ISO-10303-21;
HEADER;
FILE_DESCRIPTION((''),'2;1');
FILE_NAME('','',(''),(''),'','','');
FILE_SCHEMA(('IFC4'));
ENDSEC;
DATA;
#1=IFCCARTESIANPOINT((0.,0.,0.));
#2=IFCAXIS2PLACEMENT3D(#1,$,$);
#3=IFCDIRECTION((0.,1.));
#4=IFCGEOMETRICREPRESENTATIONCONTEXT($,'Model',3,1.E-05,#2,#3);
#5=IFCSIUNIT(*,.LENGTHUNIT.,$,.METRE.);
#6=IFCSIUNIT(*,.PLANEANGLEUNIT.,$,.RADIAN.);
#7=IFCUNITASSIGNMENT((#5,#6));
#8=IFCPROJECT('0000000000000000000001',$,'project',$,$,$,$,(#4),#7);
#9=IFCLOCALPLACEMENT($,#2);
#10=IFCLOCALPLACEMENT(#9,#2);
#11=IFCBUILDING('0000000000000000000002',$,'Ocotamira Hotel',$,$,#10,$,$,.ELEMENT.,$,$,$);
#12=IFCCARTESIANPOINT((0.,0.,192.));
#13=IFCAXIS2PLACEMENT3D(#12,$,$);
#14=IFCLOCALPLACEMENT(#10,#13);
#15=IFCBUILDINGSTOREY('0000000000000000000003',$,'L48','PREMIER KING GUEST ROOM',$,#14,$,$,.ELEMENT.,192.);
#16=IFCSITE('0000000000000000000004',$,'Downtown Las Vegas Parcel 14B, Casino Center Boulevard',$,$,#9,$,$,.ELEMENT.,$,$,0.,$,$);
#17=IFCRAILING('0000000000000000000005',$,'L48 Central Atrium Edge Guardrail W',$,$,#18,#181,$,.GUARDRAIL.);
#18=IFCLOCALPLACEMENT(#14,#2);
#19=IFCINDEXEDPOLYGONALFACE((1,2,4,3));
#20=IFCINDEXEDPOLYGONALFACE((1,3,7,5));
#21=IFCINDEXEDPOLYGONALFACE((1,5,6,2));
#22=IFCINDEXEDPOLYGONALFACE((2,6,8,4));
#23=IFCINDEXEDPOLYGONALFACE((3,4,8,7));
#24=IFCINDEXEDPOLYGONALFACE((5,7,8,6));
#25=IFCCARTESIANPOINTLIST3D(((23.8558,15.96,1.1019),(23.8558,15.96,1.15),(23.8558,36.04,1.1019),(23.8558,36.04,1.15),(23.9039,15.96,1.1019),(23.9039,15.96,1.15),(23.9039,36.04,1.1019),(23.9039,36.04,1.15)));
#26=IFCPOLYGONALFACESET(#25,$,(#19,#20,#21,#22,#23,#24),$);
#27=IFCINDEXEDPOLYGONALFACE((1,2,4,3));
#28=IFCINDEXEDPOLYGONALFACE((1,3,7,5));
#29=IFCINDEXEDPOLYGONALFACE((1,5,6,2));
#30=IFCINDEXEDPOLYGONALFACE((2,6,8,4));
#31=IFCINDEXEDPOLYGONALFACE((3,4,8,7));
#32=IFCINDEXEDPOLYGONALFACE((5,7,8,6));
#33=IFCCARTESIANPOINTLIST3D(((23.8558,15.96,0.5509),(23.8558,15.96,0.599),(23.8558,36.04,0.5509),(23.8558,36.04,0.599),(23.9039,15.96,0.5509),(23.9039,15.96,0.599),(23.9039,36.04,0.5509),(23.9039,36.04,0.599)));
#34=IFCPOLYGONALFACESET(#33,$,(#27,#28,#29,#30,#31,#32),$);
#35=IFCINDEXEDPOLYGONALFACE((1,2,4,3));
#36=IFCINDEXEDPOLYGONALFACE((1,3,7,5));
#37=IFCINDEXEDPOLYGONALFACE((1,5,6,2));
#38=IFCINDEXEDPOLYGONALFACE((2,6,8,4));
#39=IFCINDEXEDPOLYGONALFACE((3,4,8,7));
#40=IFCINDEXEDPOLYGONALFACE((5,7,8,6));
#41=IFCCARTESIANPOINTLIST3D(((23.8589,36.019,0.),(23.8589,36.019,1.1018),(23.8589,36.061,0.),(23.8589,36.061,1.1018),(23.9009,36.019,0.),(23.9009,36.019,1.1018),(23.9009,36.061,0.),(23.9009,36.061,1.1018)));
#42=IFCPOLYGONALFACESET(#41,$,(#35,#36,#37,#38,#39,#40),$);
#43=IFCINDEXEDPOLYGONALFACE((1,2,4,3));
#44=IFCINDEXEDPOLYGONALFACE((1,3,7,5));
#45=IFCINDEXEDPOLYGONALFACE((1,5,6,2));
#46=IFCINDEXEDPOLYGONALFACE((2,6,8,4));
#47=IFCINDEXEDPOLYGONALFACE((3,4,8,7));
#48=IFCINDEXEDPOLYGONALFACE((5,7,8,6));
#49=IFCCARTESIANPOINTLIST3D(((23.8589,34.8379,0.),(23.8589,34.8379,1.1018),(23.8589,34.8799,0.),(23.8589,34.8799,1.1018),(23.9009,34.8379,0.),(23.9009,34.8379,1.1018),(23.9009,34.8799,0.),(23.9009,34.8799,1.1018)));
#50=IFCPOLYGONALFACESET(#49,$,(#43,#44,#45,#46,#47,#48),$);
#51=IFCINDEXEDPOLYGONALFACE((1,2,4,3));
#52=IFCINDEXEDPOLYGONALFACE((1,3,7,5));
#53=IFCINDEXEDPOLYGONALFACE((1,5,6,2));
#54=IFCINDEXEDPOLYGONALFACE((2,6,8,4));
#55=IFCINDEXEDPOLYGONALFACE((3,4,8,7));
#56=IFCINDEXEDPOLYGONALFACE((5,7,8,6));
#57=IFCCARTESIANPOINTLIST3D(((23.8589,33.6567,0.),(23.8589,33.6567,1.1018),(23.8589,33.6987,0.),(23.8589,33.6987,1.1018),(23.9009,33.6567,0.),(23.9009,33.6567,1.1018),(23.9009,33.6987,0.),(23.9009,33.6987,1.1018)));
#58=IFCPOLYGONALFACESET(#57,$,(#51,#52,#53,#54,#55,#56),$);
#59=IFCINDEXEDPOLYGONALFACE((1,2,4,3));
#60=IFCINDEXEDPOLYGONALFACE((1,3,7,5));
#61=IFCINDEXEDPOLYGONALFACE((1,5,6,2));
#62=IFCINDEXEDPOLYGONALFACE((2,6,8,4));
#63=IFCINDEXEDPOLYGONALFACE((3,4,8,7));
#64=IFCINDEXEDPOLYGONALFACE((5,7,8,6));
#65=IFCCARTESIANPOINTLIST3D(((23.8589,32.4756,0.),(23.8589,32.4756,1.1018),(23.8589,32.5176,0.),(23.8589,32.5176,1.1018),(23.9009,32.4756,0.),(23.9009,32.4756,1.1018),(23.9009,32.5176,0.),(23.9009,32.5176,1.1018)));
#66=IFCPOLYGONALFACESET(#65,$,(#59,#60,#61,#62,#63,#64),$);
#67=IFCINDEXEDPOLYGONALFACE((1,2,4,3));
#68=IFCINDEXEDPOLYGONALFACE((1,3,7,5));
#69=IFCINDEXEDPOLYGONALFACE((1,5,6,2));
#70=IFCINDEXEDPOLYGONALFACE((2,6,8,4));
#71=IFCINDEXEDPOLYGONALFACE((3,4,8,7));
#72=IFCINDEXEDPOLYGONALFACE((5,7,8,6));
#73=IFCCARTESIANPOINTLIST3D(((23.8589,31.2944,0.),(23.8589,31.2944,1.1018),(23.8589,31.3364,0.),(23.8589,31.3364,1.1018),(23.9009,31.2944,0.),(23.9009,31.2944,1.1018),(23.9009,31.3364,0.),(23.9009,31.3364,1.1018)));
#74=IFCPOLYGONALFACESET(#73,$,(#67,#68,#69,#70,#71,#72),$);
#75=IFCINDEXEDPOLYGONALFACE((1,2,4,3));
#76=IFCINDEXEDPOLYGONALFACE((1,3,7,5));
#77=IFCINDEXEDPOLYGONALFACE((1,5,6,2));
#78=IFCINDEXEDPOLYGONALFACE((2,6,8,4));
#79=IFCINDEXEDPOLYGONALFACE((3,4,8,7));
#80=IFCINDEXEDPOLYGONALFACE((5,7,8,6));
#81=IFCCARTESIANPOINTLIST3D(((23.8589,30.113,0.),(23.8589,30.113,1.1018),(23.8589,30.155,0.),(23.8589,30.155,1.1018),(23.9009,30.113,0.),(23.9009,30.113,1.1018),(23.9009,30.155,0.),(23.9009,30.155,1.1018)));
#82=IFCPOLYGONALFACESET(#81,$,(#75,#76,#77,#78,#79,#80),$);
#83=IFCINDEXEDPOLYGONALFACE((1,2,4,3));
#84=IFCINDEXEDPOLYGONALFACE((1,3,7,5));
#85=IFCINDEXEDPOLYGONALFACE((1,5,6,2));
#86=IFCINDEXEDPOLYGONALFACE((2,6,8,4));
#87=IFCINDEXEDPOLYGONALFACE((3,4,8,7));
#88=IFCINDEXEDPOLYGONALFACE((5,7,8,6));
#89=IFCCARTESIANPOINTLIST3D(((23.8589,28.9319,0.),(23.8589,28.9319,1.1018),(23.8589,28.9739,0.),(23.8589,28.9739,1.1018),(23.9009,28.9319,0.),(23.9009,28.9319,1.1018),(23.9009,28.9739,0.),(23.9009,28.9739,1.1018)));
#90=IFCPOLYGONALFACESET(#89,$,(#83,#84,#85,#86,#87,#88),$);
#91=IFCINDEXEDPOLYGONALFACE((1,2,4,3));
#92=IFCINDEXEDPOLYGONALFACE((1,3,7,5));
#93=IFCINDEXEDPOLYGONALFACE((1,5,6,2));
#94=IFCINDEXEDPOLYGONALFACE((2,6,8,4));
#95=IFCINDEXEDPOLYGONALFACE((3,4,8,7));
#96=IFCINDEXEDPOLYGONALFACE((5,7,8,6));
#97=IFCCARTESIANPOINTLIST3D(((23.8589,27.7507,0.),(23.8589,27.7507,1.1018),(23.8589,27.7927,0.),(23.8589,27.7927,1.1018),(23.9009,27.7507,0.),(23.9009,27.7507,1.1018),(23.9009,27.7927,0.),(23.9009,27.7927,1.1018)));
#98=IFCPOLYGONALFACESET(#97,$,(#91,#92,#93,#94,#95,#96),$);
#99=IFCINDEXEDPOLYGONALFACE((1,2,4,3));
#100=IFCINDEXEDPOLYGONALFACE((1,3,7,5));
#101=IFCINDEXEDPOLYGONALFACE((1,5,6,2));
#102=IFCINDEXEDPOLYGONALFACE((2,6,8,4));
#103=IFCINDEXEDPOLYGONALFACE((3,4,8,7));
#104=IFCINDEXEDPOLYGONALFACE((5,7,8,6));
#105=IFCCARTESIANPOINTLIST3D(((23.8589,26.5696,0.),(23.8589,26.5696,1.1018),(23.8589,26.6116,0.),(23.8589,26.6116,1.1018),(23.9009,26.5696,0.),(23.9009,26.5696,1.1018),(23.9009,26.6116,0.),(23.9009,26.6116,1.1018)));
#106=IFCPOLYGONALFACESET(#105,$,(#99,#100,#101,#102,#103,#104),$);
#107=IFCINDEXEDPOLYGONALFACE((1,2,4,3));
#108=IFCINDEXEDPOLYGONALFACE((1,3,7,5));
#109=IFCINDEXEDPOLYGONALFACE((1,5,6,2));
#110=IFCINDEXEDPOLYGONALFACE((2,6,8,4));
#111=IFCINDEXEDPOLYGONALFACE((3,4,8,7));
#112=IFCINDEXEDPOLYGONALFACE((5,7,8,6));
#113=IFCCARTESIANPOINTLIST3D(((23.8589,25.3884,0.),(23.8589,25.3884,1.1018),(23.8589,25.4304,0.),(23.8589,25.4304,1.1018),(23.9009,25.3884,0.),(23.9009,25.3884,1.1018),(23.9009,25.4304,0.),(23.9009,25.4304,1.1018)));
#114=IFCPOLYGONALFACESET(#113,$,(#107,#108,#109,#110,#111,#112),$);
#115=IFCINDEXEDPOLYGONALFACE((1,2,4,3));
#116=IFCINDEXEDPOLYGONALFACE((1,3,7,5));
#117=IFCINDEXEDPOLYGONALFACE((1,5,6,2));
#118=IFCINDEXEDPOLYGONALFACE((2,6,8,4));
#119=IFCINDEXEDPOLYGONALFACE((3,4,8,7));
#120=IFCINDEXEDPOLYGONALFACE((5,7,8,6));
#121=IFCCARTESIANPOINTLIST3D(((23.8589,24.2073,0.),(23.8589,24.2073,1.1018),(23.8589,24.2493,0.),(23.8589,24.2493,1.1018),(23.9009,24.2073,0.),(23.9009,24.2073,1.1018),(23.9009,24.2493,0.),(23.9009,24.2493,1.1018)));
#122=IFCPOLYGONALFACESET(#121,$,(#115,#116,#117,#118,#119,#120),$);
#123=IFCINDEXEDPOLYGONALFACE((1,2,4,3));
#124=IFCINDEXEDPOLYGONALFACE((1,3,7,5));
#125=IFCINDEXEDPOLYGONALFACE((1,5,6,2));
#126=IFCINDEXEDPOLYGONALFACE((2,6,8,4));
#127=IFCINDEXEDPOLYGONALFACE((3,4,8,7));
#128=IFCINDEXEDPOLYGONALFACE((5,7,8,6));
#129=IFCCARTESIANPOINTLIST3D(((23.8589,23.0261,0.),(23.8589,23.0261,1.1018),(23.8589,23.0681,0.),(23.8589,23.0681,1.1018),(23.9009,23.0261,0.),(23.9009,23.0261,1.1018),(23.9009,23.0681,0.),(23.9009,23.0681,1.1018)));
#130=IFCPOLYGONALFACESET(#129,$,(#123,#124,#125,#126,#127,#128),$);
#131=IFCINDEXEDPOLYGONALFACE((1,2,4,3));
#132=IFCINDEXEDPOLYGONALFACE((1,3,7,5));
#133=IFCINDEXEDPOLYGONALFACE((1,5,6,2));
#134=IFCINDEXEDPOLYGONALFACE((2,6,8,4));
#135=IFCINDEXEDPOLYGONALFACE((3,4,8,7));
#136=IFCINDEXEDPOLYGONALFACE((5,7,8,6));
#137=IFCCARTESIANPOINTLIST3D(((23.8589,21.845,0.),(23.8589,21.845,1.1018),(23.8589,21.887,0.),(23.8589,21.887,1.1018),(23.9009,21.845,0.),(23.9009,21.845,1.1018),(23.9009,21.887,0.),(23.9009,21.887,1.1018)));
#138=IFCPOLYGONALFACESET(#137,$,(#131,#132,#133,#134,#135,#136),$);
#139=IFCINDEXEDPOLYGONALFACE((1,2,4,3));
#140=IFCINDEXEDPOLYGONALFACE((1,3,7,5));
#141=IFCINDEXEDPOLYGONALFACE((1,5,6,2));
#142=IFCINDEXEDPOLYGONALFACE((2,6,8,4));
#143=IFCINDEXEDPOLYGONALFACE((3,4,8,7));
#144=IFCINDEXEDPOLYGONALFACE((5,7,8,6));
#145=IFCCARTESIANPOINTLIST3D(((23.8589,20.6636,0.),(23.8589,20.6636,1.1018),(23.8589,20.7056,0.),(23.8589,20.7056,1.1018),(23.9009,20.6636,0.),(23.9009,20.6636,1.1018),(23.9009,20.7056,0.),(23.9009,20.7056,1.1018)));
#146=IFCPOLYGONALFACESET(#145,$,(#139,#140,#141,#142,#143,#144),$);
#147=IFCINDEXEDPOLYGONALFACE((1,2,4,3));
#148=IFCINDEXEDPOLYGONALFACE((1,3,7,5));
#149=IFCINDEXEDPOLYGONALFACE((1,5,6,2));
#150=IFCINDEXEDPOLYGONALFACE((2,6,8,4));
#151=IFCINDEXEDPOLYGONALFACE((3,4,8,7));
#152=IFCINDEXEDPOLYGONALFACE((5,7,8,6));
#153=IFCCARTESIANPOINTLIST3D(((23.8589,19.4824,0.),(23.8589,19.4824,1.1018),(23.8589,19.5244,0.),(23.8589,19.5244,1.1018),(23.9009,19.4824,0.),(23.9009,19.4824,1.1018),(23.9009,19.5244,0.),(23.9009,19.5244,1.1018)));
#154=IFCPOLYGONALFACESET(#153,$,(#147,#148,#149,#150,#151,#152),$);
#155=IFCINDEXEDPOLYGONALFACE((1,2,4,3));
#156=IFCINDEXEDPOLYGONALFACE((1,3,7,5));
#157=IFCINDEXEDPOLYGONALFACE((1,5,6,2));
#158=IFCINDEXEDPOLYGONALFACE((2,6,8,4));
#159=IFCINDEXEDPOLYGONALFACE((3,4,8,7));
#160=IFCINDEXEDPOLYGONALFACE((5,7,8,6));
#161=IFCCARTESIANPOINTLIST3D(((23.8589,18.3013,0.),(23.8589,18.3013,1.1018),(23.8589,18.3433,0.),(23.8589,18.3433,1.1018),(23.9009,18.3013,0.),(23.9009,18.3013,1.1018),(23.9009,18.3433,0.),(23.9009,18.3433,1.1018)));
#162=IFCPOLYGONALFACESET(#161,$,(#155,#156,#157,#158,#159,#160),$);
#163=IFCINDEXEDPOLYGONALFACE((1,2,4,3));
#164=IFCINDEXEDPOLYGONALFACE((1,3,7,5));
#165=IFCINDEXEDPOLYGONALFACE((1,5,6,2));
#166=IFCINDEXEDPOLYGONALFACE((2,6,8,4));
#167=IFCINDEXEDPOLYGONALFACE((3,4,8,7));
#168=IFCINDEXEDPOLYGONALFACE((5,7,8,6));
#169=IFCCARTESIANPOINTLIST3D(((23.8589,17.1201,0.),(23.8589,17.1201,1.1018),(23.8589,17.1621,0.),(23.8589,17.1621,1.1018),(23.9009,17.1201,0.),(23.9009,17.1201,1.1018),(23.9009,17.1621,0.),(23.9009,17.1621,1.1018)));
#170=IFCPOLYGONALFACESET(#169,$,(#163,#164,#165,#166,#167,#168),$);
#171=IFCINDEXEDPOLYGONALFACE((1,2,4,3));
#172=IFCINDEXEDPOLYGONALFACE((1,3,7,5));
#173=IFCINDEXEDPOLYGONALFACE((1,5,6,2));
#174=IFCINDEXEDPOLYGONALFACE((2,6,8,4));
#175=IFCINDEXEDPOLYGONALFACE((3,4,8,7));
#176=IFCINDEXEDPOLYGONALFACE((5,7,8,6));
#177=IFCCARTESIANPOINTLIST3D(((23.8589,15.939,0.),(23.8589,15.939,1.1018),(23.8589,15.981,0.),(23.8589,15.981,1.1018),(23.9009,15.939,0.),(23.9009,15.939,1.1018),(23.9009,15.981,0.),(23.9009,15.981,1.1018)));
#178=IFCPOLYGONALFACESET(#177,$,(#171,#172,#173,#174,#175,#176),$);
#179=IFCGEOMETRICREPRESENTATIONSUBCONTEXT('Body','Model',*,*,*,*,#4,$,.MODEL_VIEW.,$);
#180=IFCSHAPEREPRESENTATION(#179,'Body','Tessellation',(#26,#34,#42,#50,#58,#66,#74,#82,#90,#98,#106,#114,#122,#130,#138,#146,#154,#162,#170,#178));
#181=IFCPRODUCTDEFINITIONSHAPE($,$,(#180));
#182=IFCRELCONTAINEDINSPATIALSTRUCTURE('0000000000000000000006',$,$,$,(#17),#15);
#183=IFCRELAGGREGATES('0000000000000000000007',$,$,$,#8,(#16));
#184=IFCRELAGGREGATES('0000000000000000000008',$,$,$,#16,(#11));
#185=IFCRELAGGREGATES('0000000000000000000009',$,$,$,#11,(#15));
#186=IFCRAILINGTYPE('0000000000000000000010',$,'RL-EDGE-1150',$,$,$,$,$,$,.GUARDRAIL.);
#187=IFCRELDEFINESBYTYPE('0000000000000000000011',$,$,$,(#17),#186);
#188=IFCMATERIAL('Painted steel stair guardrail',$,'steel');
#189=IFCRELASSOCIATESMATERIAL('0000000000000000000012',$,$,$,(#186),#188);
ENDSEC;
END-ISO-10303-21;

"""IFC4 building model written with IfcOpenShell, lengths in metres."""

from ifc_helpers import new_model, si_unit, direction, frame, origin, origin_2d, place, context, subcontext, project, spatial, rectangle, extrude, material, type_object, element, save


model = new_model("IFC4")

# Units and contexts
model_context = context("Model", 3, precision=1e-05, world=origin(), true_north=direction((0.0, 1.0)))
body_context = subcontext(model_context, "Body", "Model", "MODEL_VIEW")
ifc_project = project(units=[si_unit("LENGTHUNIT", "METRE"), si_unit("PLANEANGLEUNIT", "RADIAN")], contexts=[model_context])

# Site, building, storey
site_placement = place(None, origin())
site = spatial("IfcSite", under=ifc_project, at=site_placement, Name="Downtown Las Vegas Parcel 14B, Casino Center Boulevard", CompositionType="ELEMENT", RefElevation=0.0)
building_placement = place(site_placement, origin())
building = spatial("IfcBuilding", under=site, at=building_placement, Name="Ocotamira Hotel", CompositionType="ELEMENT")
storey_placement = place(building_placement, frame((0.0, 0.0, 192.0)))
storey = spatial("IfcBuildingStorey", under=building, at=storey_placement, Name="L48", Description="PREMIER KING GUEST ROOM", CompositionType="ELEMENT", Elevation=192.0)

# Railing
ifc_material_1 = material(Name="Painted steel stair guardrail", Category="steel")
railing_type = type_object("IfcRailingType", Name="RL-EDGE-1150", PredefinedType="GUARDRAIL", material=ifc_material_1)
railing_placement = place(storey_placement, frame((23.8799, 36.04, 0.0)))
element("IfcRailing", 1, at=railing_placement, inside=storey, type_object=railing_type, Name="L48 Central Atrium Edge Guardrail W", PredefinedType="GUARDRAIL", context=body_context, shape_type="SweptSolid", body=[
    extrude(rectangle(XDim=0.0481, YDim=0.0481, at=origin_2d()), frame((0.0, 0.0, 1.126), z_axis=(0.0, -1.0, 0.0), x_axis=(1.0, 0.0, 0.0)), (0.0, 0.0, 1.0), 20.0801),
    extrude(rectangle(XDim=0.0481, YDim=0.0481, at=origin_2d()), frame((0.0, 0.0, 0.575), z_axis=(0.0, -1.0, 0.0), x_axis=(1.0, 0.0, 0.0)), (0.0, 0.0, 1.0), 20.0801),
    extrude(rectangle(XDim=0.042, YDim=0.042, at=origin_2d()), origin(), (0.0, 0.0, 1.0), 1.1018),
    extrude(rectangle(XDim=0.042, YDim=0.042, at=origin_2d()), frame((0.0, -1.1812, 0.0)), (0.0, 0.0, 1.0), 1.1018),
    extrude(rectangle(XDim=0.042, YDim=0.042, at=origin_2d()), frame((0.0, -2.3623, 0.0)), (0.0, 0.0, 1.0), 1.1018),
    extrude(rectangle(XDim=0.042, YDim=0.042, at=origin_2d()), frame((0.0, -3.5435, 0.0)), (0.0, 0.0, 1.0), 1.1018),
    extrude(rectangle(XDim=0.042, YDim=0.042, at=origin_2d()), frame((0.0, -4.7246, 0.0)), (0.0, 0.0, 1.0), 1.1018),
    extrude(rectangle(XDim=0.042, YDim=0.042, at=origin_2d()), frame((0.0, -5.906, 0.0)), (0.0, 0.0, 1.0), 1.1018),
    extrude(rectangle(XDim=0.042, YDim=0.042, at=origin_2d()), frame((0.0, -7.0872, 0.0)), (0.0, 0.0, 1.0), 1.1018),
    extrude(rectangle(XDim=0.042, YDim=0.042, at=origin_2d()), frame((0.0, -8.2683, 0.0)), (0.0, 0.0, 1.0), 1.1018),
    extrude(rectangle(XDim=0.042, YDim=0.042, at=origin_2d()), frame((0.0, -9.4495, 0.0)), (0.0, 0.0, 1.0), 1.1018),
    extrude(rectangle(XDim=0.042, YDim=0.042, at=origin_2d()), frame((0.0, -10.6306, 0.0)), (0.0, 0.0, 1.0), 1.1018),
    extrude(rectangle(XDim=0.042, YDim=0.042, at=origin_2d()), frame((0.0, -11.8118, 0.0)), (0.0, 0.0, 1.0), 1.1018),
    extrude(rectangle(XDim=0.042, YDim=0.042, at=origin_2d()), frame((0.0, -12.9929, 0.0)), (0.0, 0.0, 1.0), 1.1018),
    extrude(rectangle(XDim=0.042, YDim=0.042, at=origin_2d()), frame((0.0, -14.1741, 0.0)), (0.0, 0.0, 1.0), 1.1018),
    extrude(rectangle(XDim=0.042, YDim=0.042, at=origin_2d()), frame((0.0, -15.3555, 0.0)), (0.0, 0.0, 1.0), 1.1018),
    extrude(rectangle(XDim=0.042, YDim=0.042, at=origin_2d()), frame((0.0, -16.5366, 0.0)), (0.0, 0.0, 1.0), 1.1018),
    extrude(rectangle(XDim=0.042, YDim=0.042, at=origin_2d()), frame((0.0, -17.7178, 0.0)), (0.0, 0.0, 1.0), 1.1018),
    extrude(rectangle(XDim=0.042, YDim=0.042, at=origin_2d()), frame((0.0, -18.8989, 0.0)), (0.0, 0.0, 1.0), 1.1018),
    extrude(rectangle(XDim=0.042, YDim=0.042, at=origin_2d()), frame((0.0, -20.0801, 0.0)), (0.0, 0.0, 1.0), 1.1018),
])

save(model, "model.ifc")
